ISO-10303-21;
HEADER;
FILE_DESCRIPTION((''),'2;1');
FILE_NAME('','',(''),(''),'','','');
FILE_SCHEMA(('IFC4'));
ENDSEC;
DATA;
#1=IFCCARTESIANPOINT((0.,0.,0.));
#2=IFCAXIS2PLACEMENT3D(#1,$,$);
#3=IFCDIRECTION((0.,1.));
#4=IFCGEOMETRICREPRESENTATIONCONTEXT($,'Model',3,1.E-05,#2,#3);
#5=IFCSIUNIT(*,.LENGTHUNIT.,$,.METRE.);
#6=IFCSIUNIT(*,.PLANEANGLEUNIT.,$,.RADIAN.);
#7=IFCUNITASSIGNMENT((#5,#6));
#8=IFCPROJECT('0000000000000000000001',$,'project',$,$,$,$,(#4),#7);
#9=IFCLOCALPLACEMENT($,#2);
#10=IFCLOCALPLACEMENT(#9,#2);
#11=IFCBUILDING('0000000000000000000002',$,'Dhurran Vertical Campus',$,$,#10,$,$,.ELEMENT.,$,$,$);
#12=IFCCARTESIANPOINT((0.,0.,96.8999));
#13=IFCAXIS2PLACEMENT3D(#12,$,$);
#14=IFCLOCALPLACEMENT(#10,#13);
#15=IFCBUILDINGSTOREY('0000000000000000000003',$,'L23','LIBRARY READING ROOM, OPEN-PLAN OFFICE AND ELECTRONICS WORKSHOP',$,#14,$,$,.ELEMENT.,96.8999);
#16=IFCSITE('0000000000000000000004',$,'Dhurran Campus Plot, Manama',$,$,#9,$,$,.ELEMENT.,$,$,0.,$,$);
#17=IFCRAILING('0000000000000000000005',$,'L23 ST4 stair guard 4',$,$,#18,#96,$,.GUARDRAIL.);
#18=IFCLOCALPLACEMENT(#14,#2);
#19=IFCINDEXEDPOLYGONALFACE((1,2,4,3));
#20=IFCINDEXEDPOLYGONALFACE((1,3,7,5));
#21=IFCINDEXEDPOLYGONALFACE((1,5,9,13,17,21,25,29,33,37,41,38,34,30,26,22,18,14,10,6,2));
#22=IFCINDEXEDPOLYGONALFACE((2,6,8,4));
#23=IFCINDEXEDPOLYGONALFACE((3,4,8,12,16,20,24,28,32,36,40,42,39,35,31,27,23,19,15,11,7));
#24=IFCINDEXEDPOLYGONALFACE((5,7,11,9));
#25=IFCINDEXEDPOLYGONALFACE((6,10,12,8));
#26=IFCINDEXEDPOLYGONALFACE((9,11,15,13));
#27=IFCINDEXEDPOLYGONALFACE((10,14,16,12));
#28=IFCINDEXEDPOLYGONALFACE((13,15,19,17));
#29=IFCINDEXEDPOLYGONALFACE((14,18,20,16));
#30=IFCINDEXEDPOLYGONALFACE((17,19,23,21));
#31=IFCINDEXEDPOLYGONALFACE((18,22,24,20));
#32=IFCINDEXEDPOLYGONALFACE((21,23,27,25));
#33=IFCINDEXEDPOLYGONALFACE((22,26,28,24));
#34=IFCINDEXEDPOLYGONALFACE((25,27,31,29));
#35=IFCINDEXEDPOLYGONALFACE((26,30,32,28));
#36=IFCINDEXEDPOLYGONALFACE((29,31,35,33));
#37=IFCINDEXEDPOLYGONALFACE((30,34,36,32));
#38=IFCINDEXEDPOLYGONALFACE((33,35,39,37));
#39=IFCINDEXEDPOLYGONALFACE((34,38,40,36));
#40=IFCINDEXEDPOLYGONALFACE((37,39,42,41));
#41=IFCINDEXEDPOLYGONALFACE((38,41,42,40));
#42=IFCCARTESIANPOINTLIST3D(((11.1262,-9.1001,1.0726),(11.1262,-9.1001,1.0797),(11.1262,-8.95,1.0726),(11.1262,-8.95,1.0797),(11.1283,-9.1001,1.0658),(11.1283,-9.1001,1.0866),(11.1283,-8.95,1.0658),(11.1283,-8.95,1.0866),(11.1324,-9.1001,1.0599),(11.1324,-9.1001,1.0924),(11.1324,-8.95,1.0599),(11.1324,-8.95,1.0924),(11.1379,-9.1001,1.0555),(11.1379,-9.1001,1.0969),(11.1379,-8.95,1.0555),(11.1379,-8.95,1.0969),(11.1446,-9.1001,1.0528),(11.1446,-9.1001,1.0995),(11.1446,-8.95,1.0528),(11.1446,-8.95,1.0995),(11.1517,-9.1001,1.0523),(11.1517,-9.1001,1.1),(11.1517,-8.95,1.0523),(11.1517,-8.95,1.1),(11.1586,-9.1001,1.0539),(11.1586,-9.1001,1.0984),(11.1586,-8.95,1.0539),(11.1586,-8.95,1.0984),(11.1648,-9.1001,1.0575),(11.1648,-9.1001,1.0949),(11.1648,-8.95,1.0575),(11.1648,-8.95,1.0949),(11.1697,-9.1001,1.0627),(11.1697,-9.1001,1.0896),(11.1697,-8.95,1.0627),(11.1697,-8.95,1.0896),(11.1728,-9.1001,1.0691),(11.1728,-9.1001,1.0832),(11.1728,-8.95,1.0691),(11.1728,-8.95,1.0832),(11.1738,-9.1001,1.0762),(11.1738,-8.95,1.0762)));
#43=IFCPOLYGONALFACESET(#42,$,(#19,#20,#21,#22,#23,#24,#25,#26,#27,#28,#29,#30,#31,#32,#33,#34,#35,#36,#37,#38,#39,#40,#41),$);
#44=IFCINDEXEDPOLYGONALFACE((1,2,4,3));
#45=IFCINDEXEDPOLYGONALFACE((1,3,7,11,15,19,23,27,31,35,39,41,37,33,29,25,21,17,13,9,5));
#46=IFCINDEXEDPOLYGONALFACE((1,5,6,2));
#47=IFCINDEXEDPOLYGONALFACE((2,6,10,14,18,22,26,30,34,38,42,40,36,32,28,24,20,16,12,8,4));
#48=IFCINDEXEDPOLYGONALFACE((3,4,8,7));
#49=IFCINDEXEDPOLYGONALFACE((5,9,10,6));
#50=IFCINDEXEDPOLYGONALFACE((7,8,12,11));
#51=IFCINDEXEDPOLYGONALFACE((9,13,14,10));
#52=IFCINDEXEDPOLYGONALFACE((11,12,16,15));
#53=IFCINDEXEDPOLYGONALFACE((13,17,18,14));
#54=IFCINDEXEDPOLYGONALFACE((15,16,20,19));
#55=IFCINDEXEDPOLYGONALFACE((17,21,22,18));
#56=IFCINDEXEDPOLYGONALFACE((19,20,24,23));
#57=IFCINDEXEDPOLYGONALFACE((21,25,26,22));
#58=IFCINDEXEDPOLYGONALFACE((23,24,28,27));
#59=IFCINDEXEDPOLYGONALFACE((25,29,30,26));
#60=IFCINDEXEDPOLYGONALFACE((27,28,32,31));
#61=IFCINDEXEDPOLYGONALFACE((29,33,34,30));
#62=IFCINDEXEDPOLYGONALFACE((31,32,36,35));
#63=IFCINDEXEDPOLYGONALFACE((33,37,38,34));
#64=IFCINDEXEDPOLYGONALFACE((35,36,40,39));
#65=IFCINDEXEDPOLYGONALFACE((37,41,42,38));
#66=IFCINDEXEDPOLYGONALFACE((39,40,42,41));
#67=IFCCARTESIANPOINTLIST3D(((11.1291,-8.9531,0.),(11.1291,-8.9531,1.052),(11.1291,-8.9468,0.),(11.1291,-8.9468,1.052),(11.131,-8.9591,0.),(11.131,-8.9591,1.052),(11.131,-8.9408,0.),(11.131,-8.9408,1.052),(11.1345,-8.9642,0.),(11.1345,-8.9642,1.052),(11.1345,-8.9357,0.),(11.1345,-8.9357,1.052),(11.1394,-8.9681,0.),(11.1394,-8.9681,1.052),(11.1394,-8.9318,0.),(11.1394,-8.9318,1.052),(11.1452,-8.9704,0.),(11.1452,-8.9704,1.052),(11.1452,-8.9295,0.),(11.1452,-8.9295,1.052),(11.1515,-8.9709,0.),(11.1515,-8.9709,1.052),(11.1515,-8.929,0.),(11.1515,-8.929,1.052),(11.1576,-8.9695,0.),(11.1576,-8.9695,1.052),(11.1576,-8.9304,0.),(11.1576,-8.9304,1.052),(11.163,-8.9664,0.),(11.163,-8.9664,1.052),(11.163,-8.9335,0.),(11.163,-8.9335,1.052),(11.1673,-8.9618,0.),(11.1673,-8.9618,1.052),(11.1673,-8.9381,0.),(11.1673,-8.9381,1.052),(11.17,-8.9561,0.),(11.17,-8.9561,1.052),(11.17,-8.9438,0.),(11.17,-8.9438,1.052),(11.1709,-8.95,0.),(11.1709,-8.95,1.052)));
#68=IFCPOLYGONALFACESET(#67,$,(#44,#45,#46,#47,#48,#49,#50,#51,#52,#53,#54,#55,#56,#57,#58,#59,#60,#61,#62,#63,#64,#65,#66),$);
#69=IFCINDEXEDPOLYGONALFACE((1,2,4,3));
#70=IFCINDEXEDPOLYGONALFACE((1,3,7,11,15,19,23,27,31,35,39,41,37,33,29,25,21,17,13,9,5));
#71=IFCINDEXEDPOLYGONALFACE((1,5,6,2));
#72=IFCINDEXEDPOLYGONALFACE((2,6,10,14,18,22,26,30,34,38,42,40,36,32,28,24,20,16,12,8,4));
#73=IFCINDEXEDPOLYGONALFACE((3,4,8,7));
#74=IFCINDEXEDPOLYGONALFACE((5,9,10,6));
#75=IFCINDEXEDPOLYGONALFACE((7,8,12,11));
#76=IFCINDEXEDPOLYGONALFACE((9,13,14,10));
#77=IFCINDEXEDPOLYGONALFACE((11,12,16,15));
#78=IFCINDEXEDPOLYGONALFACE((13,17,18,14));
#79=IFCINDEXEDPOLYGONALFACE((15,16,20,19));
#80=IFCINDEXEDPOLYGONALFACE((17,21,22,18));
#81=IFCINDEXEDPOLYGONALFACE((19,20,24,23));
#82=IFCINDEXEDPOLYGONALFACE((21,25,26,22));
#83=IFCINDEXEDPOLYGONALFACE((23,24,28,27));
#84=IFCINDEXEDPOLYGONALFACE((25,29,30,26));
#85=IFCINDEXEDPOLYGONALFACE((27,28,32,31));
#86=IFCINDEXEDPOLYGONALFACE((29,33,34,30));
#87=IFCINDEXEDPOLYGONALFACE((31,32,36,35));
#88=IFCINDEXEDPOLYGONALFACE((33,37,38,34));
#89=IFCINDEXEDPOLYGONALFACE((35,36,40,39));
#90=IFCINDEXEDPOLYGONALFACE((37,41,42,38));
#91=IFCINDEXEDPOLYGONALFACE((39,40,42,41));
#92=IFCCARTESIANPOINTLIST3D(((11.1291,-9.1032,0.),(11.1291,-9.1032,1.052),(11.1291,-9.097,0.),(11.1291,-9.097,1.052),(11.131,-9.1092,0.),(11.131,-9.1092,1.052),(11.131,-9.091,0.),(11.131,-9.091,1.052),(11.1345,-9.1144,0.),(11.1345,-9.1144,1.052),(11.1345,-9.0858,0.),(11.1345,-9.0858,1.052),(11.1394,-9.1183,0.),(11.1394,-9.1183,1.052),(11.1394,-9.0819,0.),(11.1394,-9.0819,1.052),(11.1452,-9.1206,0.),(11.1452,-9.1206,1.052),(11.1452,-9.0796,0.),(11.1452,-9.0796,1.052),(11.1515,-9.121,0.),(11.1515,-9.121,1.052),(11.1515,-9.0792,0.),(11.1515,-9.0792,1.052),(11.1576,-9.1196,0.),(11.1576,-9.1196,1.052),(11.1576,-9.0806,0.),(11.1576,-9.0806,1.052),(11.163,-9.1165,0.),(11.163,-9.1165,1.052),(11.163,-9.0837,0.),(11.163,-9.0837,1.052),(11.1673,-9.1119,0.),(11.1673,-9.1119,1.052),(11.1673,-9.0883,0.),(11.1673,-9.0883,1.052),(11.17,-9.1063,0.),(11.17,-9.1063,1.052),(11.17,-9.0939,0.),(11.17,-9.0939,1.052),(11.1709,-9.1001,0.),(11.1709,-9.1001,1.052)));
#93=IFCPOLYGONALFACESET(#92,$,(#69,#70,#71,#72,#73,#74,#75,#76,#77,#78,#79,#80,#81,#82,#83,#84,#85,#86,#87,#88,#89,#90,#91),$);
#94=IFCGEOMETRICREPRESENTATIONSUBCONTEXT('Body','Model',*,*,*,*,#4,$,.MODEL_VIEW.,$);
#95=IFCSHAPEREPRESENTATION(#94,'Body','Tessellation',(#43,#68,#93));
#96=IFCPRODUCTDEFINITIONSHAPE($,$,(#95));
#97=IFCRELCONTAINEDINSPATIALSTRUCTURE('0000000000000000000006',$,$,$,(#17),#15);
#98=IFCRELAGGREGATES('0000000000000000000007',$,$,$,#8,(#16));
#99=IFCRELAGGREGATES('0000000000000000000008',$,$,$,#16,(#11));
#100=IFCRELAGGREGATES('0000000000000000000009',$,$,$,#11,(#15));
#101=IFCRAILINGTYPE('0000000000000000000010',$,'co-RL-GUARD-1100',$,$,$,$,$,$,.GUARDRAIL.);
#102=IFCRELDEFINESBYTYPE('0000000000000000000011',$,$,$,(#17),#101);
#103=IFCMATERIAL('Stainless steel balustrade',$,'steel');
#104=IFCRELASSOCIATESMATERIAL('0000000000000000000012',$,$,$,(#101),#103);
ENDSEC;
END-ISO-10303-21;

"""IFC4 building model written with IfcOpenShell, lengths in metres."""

from ifc_helpers import new_model, si_unit, direction, frame, origin, origin_2d, place, context, subcontext, project, spatial, circle, extrude, material, type_object, element, save


model = new_model("IFC4")

# Units and contexts
model_context = context("Model", 3, precision=1e-05, world=origin(), true_north=direction((0.0, 1.0)))
body_context = subcontext(model_context, "Body", "Model", "MODEL_VIEW")
ifc_project = project(units=[si_unit("LENGTHUNIT", "METRE"), si_unit("PLANEANGLEUNIT", "RADIAN")], contexts=[model_context])

# Site, building, storey
site_placement = place(None, origin())
site = spatial("IfcSite", under=ifc_project, at=site_placement, Name="Dhurran Campus Plot, Manama", CompositionType="ELEMENT", RefElevation=0.0)
building_placement = place(site_placement, origin())
building = spatial("IfcBuilding", under=site, at=building_placement, Name="Dhurran Vertical Campus", CompositionType="ELEMENT")
storey_placement = place(building_placement, frame((0.0, 0.0, 96.8999)))
storey = spatial("IfcBuildingStorey", under=building, at=storey_placement, Name="L23", Description="LIBRARY READING ROOM, OPEN-PLAN OFFICE AND ELECTRONICS WORKSHOP", CompositionType="ELEMENT", Elevation=96.8999)

# Railing
ifc_material_1 = material(Name="Stainless steel balustrade", Category="steel")
railing_type_1 = type_object("IfcRailingType", Name="co-RL-GUARD-1100", PredefinedType="GUARDRAIL", material=ifc_material_1)
railing_1_placement = place(storey_placement, frame((11.1499, -8.95, 0.0)))
element("IfcRailing", 1, at=railing_1_placement, inside=storey, type_object=railing_type_1, Name="L23 ST4 stair guard 4", PredefinedType="GUARDRAIL", context=body_context, shape_type="SweptSolid", body=[
    extrude(circle(Radius=0.0239, at=origin_2d()), frame((0.0, 0.0, 1.0762), z_axis=(0.0, -1.0, 0.0), x_axis=(1.0, 0.0, 0.0)), (0.0, 0.0, 1.0), 0.1501),
    extrude(circle(Radius=0.021, at=origin_2d()), origin(), (0.0, 0.0, 1.0), 1.052),
    extrude(circle(Radius=0.021, at=origin_2d()), frame((0.0, -0.1501, 0.0)), (0.0, 0.0, 1.0), 1.052),
])

save(model, "model.ifc")
